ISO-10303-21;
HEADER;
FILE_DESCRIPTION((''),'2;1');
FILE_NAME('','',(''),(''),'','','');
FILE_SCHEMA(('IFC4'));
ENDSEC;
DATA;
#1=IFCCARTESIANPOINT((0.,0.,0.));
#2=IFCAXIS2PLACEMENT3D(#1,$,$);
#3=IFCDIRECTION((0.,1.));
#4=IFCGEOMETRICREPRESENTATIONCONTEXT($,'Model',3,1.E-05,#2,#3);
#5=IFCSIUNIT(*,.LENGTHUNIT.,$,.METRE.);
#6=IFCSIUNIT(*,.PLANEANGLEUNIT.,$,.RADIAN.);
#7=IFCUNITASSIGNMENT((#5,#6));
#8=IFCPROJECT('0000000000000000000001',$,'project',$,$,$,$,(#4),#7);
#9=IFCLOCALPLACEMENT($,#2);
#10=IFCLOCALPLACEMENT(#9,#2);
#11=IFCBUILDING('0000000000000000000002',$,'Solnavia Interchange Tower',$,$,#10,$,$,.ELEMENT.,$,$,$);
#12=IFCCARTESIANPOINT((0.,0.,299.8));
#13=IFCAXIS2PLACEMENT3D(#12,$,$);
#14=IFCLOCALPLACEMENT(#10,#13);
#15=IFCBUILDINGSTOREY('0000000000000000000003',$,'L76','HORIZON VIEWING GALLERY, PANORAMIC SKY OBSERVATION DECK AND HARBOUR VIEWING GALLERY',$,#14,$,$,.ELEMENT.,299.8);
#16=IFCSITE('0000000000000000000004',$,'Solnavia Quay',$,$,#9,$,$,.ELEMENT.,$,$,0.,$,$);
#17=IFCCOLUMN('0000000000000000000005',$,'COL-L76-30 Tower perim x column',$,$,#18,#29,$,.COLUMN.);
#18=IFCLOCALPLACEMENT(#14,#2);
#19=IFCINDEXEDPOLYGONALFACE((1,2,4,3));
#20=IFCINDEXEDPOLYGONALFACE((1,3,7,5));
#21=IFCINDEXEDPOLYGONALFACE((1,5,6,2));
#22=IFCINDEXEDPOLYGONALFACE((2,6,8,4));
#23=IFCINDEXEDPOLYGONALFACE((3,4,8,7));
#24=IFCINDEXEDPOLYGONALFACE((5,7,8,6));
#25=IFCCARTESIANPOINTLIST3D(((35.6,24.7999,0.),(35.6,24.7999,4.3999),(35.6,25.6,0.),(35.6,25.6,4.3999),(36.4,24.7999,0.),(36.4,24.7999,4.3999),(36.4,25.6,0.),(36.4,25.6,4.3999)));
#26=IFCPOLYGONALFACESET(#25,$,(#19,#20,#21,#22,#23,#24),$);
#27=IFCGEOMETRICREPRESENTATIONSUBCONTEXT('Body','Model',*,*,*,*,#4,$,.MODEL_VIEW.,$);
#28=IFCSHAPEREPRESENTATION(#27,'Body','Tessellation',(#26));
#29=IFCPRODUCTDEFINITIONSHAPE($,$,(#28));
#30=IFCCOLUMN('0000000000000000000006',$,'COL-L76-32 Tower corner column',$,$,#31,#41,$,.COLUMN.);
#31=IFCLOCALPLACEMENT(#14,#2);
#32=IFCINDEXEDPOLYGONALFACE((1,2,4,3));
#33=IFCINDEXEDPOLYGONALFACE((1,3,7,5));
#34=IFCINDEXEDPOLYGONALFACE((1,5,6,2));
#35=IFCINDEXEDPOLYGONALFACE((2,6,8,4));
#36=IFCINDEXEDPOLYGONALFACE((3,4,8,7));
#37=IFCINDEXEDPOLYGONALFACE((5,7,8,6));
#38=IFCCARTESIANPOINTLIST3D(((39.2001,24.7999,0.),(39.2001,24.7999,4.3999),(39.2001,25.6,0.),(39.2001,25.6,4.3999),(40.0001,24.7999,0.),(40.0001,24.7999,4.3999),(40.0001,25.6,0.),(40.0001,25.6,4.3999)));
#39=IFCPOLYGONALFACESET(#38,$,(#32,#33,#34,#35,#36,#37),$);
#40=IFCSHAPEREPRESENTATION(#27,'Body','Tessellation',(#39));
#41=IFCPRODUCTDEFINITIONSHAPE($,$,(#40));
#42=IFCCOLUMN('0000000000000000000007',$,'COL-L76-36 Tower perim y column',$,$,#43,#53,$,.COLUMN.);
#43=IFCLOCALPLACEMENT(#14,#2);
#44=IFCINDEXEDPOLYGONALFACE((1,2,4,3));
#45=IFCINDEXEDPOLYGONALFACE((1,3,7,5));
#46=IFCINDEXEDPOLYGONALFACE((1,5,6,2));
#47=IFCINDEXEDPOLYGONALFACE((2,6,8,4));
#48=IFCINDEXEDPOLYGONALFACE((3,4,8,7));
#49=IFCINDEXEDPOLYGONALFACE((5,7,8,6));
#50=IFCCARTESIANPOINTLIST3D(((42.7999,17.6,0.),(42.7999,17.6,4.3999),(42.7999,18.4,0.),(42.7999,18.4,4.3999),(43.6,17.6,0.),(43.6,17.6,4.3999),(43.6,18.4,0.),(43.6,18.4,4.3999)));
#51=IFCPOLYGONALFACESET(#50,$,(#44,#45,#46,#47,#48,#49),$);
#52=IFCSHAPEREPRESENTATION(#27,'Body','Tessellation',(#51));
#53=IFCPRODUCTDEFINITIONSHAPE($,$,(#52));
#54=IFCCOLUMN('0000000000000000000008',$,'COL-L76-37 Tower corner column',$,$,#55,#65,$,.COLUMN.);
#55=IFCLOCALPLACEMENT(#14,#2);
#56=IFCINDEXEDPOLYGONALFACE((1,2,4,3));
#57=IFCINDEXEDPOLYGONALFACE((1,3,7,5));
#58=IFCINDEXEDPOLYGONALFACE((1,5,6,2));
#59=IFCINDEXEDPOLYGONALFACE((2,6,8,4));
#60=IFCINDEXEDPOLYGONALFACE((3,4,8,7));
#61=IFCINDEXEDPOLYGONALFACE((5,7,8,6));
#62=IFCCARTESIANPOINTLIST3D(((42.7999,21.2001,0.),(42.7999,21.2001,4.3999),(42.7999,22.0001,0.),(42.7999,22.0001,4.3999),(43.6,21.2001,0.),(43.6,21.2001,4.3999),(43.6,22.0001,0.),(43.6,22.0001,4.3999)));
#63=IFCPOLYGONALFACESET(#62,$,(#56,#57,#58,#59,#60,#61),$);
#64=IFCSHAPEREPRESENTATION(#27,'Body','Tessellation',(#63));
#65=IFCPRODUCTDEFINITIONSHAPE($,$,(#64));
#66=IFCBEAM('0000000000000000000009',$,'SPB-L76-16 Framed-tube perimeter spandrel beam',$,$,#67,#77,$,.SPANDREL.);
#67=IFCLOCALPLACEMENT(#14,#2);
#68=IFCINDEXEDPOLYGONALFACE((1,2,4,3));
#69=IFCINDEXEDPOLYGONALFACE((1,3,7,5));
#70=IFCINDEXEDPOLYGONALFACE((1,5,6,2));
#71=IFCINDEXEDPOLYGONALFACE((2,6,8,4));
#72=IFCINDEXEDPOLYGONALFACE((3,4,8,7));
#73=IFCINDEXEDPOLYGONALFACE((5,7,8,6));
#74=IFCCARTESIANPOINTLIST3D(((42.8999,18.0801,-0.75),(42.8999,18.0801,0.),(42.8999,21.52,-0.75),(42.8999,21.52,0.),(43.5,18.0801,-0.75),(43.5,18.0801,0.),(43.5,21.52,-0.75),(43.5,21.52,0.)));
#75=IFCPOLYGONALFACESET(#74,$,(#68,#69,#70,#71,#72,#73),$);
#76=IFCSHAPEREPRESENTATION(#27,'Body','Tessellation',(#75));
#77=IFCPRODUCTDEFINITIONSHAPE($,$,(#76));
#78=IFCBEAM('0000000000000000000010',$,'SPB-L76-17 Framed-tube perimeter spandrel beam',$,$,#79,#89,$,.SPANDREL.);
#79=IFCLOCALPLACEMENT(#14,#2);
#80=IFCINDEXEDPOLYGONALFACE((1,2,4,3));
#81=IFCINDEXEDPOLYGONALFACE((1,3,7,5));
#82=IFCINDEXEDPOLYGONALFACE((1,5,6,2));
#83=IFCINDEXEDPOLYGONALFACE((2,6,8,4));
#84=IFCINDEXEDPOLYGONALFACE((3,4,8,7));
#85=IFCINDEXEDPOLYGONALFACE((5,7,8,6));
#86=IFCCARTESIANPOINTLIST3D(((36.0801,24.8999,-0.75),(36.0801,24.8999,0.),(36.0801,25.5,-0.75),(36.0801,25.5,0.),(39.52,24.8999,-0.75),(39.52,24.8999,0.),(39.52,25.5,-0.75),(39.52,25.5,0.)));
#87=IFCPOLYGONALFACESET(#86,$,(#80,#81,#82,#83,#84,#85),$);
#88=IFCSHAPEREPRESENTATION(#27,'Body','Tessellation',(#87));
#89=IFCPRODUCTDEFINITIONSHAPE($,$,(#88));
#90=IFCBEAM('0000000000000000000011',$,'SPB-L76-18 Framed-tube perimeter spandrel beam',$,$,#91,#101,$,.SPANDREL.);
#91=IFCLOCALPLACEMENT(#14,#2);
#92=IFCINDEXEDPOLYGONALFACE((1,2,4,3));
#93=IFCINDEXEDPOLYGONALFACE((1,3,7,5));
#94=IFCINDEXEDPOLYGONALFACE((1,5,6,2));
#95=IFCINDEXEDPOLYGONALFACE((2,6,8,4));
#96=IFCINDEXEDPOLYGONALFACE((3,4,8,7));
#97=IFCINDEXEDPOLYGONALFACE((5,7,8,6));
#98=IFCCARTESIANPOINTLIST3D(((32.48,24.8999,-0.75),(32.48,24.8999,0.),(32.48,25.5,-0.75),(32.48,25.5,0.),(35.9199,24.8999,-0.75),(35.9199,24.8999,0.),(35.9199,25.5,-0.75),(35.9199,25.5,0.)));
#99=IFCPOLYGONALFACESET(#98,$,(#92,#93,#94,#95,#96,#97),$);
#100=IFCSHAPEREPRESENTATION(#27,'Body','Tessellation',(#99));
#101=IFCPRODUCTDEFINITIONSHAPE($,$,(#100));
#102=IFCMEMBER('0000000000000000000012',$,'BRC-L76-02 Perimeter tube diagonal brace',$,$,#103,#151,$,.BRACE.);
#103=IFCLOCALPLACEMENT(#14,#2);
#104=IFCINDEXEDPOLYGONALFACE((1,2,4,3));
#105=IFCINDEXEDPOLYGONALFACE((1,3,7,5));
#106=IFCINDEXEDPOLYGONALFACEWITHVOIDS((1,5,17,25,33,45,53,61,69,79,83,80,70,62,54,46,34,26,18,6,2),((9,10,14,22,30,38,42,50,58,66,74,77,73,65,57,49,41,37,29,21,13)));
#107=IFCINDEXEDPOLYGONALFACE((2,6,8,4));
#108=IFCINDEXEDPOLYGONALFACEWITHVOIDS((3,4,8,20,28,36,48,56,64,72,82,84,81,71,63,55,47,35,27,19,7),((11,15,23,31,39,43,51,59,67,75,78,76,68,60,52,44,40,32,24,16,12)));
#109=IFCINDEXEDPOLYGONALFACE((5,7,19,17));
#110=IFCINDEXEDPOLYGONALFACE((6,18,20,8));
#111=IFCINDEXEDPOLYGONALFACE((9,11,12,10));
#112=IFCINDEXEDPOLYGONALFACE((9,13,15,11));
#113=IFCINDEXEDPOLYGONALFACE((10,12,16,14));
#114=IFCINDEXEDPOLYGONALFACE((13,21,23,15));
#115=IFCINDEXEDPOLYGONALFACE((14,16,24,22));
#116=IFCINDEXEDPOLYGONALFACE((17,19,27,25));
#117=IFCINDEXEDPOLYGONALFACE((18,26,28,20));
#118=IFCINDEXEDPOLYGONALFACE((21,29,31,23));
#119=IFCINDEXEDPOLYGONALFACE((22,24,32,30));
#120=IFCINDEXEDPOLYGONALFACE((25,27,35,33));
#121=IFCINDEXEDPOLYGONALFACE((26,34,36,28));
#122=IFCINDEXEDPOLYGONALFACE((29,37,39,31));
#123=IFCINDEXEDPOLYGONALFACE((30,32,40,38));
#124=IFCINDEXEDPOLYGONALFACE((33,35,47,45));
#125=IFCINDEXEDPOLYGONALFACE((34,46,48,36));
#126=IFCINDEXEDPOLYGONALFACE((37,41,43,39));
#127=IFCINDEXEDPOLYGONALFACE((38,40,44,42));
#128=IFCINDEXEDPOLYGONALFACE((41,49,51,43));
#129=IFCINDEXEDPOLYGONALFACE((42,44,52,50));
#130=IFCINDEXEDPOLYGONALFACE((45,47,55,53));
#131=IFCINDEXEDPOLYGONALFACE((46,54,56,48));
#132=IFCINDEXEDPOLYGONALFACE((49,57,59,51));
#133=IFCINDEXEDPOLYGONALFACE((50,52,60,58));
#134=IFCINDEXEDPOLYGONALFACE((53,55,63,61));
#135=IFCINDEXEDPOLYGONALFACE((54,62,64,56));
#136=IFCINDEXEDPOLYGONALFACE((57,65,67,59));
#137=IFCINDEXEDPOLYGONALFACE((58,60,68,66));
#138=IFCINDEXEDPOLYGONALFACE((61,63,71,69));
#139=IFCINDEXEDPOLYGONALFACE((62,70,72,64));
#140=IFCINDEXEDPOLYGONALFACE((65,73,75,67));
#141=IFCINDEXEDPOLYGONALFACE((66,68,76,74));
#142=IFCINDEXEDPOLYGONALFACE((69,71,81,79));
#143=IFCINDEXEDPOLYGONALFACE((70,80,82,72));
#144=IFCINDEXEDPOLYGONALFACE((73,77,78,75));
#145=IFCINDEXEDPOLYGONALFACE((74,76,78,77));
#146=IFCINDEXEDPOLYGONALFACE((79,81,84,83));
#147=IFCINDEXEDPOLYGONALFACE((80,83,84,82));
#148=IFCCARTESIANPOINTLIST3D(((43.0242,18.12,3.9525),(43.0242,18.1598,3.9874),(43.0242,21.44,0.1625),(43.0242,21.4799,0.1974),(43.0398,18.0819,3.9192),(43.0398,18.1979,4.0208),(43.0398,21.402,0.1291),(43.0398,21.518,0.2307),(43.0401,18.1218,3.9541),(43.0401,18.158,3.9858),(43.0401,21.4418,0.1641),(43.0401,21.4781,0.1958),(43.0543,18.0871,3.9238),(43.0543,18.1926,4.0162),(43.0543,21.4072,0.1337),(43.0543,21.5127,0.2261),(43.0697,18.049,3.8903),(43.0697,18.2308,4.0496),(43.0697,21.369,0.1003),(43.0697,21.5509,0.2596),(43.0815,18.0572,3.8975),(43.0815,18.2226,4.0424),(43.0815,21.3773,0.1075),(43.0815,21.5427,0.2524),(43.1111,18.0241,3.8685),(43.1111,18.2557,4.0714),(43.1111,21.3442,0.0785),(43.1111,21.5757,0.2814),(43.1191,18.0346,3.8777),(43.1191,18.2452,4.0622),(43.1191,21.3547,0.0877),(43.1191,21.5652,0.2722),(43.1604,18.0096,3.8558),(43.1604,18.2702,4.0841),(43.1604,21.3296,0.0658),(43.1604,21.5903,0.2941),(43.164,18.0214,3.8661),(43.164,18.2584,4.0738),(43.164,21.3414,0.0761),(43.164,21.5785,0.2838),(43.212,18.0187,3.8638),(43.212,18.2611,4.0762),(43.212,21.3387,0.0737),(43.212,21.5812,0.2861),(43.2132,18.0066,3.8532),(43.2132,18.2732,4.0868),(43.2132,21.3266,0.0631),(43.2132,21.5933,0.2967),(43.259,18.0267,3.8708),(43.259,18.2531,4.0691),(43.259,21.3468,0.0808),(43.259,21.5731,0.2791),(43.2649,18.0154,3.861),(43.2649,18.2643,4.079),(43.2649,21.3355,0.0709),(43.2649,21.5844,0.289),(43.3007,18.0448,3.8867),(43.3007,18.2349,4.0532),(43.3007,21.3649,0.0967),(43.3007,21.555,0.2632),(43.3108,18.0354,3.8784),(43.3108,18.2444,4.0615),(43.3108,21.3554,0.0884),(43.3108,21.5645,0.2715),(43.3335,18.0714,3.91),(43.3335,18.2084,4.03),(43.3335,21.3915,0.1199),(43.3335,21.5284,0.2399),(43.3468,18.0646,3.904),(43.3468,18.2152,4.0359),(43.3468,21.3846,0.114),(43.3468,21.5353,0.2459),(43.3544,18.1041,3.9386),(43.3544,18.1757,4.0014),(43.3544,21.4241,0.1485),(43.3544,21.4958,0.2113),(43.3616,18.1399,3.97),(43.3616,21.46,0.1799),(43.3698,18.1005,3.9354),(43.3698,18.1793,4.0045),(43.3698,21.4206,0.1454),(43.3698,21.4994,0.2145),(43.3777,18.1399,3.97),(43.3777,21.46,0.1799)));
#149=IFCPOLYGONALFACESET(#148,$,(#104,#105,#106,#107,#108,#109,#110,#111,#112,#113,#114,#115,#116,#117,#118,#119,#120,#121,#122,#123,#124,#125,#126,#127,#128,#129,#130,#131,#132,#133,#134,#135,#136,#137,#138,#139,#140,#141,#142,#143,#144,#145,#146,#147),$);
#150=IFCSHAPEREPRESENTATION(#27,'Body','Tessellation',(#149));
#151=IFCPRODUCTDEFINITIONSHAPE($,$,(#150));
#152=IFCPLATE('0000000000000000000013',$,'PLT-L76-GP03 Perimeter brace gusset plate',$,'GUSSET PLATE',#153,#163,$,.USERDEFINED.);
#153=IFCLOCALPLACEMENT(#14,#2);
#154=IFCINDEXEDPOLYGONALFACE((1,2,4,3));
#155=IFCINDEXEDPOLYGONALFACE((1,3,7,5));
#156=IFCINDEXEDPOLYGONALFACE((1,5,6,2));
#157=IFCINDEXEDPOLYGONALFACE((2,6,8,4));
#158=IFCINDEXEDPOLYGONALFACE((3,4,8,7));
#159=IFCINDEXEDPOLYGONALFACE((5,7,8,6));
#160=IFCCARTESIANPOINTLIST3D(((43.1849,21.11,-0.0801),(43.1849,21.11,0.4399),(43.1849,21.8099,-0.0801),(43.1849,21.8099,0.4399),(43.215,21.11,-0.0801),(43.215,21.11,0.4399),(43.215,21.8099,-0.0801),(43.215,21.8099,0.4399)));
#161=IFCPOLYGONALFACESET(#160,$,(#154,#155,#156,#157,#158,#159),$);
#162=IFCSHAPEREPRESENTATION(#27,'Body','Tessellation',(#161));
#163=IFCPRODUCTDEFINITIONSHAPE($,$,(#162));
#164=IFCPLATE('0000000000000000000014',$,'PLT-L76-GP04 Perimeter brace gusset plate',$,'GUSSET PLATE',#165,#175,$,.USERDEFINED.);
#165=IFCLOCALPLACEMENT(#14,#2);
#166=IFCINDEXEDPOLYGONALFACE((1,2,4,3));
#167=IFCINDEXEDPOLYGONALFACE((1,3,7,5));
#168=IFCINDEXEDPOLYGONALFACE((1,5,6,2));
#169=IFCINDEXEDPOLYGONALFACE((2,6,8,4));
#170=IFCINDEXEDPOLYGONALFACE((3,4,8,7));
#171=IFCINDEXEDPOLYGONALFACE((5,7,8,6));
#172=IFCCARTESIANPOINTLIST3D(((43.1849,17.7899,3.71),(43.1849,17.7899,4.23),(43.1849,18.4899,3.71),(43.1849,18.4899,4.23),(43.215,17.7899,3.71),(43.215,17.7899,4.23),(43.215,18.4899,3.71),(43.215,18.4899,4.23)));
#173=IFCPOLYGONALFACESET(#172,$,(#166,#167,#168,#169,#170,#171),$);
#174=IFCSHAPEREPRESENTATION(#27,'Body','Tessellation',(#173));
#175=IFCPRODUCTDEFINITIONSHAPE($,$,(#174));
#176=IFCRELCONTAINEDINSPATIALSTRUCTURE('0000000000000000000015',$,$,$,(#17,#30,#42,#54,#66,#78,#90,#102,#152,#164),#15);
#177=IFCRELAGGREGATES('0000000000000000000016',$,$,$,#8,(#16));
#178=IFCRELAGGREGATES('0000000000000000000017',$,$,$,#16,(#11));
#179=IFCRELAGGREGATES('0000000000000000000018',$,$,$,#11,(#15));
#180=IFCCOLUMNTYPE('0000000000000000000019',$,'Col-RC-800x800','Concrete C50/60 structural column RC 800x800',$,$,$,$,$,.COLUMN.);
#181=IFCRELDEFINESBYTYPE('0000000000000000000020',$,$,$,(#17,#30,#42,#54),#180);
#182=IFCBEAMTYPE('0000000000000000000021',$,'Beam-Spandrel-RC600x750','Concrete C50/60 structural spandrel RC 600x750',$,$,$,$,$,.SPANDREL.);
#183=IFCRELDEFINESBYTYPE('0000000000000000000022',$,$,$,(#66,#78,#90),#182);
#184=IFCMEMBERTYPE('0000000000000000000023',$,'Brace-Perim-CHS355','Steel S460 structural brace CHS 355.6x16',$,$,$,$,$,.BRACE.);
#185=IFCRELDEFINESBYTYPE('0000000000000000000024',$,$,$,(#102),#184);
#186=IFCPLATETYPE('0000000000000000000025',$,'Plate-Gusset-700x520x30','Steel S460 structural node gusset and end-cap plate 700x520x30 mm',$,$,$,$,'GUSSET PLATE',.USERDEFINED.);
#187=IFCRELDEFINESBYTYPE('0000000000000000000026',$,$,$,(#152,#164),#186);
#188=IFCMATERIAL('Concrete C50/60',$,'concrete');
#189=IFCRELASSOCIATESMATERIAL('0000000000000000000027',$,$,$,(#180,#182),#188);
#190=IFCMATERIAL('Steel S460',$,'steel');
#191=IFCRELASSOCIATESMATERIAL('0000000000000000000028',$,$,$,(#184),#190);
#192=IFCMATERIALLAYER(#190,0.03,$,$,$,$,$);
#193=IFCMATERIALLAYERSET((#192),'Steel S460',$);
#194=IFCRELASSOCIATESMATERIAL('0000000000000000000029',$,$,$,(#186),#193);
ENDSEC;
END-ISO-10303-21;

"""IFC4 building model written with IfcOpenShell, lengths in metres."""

from ifc_helpers import new_model, si_unit, direction, frame, origin, origin_2d, place, context, subcontext, project, spatial, rectangle, hollow_circle, extrude, material, layer, layer_set, material_profile, profile_set, type_object, element, save


model = new_model("IFC4")

# Units and contexts
model_context = context("Model", 3, precision=1e-05, world=origin(), true_north=direction((0.0, 1.0)))
body_context = subcontext(model_context, "Body", "Model", "MODEL_VIEW")
ifc_project = project(units=[si_unit("LENGTHUNIT", "METRE"), si_unit("PLANEANGLEUNIT", "RADIAN")], contexts=[model_context])

# Site, building, storey
site_placement = place(None, origin())
site = spatial("IfcSite", under=ifc_project, at=site_placement, Name="Solnavia Quay", CompositionType="ELEMENT", RefElevation=0.0)
building_placement = place(site_placement, origin())
building = spatial("IfcBuilding", under=site, at=building_placement, Name="Solnavia Interchange Tower", CompositionType="ELEMENT")
storey_placement = place(building_placement, frame((0.0, 0.0, 299.8)))
storey = spatial("IfcBuildingStorey", under=building, at=storey_placement, Name="L76", Description="HORIZON VIEWING GALLERY, PANORAMIC SKY OBSERVATION DECK AND HARBOUR VIEWING GALLERY", CompositionType="ELEMENT", Elevation=299.8)

# Columns
ifc_material_1 = material(Name="Concrete C50/60", Category="concrete")
ifc_material_profile_1 = material_profile(ifc_material_1, rectangle(XDim=0.8, YDim=0.8, at=origin_2d()), Name="RC 800x800")
ifc_profile_set_1 = profile_set([ifc_material_profile_1], Name="Concrete C50/60")
column_type = type_object("IfcColumnType", Name="Col-RC-800x800", Description="Concrete C50/60 structural column RC 800x800", PredefinedType="COLUMN", material=ifc_profile_set_1)
for number, where, z_axis, x_axis, name in (
    (1, (36.0, 25.2, 0.0), (0.0, 0.0, 1.0), (1.0, 0.0, 0.0), "COL-L76-30 Tower perim x column"),
    (2, (39.6001, 25.2, 0.0), (0.0, 0.0, 1.0), (1.0, 0.0, 0.0), "COL-L76-32 Tower corner column"),
    (3, (43.2, 18.0, 0.0), (0.0, 0.0, 1.0), (0.0, 1.0, 0.0), "COL-L76-36 Tower perim y column"),
    (4, (43.2, 21.6001, 0.0), (0.0, 0.0, 1.0), (0.0, 1.0, 0.0), "COL-L76-37 Tower corner column"),
):
    element("IfcColumn", number, at=place(storey_placement, frame(where, z_axis=z_axis, x_axis=x_axis)), inside=storey, type_object=column_type, Name=name, PredefinedType="COLUMN", context=body_context, shape_type="SweptSolid", body=[
        extrude(rectangle(XDim=0.8, YDim=0.8, at=origin_2d()), origin(), (0.0, 0.0, 1.0), 4.3999),
    ])

# Beams
ifc_material_profile_2 = material_profile(ifc_material_1, rectangle(XDim=0.6001, YDim=0.75, at=origin_2d()), Name="RC 600x750")
ifc_profile_set_2 = profile_set([ifc_material_profile_2], Name="Concrete C50/60")
beam_type = type_object("IfcBeamType", Name="Beam-Spandrel-RC600x750", Description="Concrete C50/60 structural spandrel RC 600x750", PredefinedType="SPANDREL", material=ifc_profile_set_2)
for number, where, z_axis, x_axis, name in (
    (5, (43.2, 18.0801, -0.375), (0.0, 1.0, 0.0), (-1.0, 0.0, 0.0), "SPB-L76-16 Framed-tube perimeter spandrel beam"),
    (6, (39.52, 25.2, -0.375), (-1.0, 0.0, 0.0), (0.0, -1.0, 0.0), "SPB-L76-17 Framed-tube perimeter spandrel beam"),
    (7, (35.9199, 25.2, -0.375), (-1.0, 0.0, 0.0), (0.0, -1.0, 0.0), "SPB-L76-18 Framed-tube perimeter spandrel beam"),
):
    element("IfcBeam", number, at=place(storey_placement, frame(where, z_axis=z_axis, x_axis=x_axis)), inside=storey, type_object=beam_type, Name=name, PredefinedType="SPANDREL", context=body_context, shape_type="SweptSolid", body=[
        extrude(rectangle(XDim=0.6001, YDim=0.75, at=origin_2d()), origin(), (0.0, 0.0, 1.0), 3.4399),
    ])

# Member
ifc_material_2 = material(Name="Steel S460", Category="steel")
ifc_material_profile_3 = material_profile(ifc_material_2, hollow_circle(Radius=0.1777, WallThickness=0.0161, at=origin_2d()), Name="CHS 355.6x16")
ifc_profile_set_3 = profile_set([ifc_material_profile_3], Name="Steel S460")
member_type = type_object("IfcMemberType", Name="Brace-Perim-CHS355", Description="Steel S460 structural brace CHS 355.6x16", PredefinedType="BRACE", material=ifc_profile_set_3)
member_placement = place(storey_placement, frame((43.2, 21.46, 0.1799), z_axis=(0.0, -0.65893, 0.752204), x_axis=(1.0, 0.0, 0.0)))
element("IfcMember", 8, at=member_placement, inside=storey, type_object=member_type, Name="BRC-L76-02 Perimeter tube diagonal brace", PredefinedType="BRACE", context=body_context, shape_type="SweptSolid", body=[
    extrude(hollow_circle(Radius=0.1777, WallThickness=0.0161, at=origin_2d()), origin(), (0.0, 0.0, 1.0), 5.0386),
])

# Plates
ifc_layer_1 = layer(ifc_material_2, 0.03)
ifc_layer_set_1 = layer_set([ifc_layer_1], Name="Steel S460")
plate_type = type_object("IfcPlateType", Name="Plate-Gusset-700x520x30", Description="Steel S460 structural node gusset and end-cap plate 700x520x30 mm", ElementType="GUSSET PLATE", PredefinedType="USERDEFINED", material=ifc_layer_set_1)
for number, where, z_axis, x_axis, name in (
    (9, (43.2, 21.46, -0.0801), (0.0, 0.0, 1.0), (0.0, -1.0, 0.0), "PLT-L76-GP03 Perimeter brace gusset plate"),
    (10, (43.2, 18.1399, 3.71), (0.0, 0.0, 1.0), (0.0, -1.0, 0.0), "PLT-L76-GP04 Perimeter brace gusset plate"),
):
    element("IfcPlate", number, at=place(storey_placement, frame(where, z_axis=z_axis, x_axis=x_axis)), inside=storey, type_object=plate_type, Name=name, ObjectType="GUSSET PLATE", PredefinedType="USERDEFINED", context=body_context, shape_type="SweptSolid", body=[
        extrude(rectangle(XDim=0.7, YDim=0.03, at=origin_2d()), origin(), (0.0, 0.0, 1.0), 0.52),
    ])

save(model, "model.ifc")
